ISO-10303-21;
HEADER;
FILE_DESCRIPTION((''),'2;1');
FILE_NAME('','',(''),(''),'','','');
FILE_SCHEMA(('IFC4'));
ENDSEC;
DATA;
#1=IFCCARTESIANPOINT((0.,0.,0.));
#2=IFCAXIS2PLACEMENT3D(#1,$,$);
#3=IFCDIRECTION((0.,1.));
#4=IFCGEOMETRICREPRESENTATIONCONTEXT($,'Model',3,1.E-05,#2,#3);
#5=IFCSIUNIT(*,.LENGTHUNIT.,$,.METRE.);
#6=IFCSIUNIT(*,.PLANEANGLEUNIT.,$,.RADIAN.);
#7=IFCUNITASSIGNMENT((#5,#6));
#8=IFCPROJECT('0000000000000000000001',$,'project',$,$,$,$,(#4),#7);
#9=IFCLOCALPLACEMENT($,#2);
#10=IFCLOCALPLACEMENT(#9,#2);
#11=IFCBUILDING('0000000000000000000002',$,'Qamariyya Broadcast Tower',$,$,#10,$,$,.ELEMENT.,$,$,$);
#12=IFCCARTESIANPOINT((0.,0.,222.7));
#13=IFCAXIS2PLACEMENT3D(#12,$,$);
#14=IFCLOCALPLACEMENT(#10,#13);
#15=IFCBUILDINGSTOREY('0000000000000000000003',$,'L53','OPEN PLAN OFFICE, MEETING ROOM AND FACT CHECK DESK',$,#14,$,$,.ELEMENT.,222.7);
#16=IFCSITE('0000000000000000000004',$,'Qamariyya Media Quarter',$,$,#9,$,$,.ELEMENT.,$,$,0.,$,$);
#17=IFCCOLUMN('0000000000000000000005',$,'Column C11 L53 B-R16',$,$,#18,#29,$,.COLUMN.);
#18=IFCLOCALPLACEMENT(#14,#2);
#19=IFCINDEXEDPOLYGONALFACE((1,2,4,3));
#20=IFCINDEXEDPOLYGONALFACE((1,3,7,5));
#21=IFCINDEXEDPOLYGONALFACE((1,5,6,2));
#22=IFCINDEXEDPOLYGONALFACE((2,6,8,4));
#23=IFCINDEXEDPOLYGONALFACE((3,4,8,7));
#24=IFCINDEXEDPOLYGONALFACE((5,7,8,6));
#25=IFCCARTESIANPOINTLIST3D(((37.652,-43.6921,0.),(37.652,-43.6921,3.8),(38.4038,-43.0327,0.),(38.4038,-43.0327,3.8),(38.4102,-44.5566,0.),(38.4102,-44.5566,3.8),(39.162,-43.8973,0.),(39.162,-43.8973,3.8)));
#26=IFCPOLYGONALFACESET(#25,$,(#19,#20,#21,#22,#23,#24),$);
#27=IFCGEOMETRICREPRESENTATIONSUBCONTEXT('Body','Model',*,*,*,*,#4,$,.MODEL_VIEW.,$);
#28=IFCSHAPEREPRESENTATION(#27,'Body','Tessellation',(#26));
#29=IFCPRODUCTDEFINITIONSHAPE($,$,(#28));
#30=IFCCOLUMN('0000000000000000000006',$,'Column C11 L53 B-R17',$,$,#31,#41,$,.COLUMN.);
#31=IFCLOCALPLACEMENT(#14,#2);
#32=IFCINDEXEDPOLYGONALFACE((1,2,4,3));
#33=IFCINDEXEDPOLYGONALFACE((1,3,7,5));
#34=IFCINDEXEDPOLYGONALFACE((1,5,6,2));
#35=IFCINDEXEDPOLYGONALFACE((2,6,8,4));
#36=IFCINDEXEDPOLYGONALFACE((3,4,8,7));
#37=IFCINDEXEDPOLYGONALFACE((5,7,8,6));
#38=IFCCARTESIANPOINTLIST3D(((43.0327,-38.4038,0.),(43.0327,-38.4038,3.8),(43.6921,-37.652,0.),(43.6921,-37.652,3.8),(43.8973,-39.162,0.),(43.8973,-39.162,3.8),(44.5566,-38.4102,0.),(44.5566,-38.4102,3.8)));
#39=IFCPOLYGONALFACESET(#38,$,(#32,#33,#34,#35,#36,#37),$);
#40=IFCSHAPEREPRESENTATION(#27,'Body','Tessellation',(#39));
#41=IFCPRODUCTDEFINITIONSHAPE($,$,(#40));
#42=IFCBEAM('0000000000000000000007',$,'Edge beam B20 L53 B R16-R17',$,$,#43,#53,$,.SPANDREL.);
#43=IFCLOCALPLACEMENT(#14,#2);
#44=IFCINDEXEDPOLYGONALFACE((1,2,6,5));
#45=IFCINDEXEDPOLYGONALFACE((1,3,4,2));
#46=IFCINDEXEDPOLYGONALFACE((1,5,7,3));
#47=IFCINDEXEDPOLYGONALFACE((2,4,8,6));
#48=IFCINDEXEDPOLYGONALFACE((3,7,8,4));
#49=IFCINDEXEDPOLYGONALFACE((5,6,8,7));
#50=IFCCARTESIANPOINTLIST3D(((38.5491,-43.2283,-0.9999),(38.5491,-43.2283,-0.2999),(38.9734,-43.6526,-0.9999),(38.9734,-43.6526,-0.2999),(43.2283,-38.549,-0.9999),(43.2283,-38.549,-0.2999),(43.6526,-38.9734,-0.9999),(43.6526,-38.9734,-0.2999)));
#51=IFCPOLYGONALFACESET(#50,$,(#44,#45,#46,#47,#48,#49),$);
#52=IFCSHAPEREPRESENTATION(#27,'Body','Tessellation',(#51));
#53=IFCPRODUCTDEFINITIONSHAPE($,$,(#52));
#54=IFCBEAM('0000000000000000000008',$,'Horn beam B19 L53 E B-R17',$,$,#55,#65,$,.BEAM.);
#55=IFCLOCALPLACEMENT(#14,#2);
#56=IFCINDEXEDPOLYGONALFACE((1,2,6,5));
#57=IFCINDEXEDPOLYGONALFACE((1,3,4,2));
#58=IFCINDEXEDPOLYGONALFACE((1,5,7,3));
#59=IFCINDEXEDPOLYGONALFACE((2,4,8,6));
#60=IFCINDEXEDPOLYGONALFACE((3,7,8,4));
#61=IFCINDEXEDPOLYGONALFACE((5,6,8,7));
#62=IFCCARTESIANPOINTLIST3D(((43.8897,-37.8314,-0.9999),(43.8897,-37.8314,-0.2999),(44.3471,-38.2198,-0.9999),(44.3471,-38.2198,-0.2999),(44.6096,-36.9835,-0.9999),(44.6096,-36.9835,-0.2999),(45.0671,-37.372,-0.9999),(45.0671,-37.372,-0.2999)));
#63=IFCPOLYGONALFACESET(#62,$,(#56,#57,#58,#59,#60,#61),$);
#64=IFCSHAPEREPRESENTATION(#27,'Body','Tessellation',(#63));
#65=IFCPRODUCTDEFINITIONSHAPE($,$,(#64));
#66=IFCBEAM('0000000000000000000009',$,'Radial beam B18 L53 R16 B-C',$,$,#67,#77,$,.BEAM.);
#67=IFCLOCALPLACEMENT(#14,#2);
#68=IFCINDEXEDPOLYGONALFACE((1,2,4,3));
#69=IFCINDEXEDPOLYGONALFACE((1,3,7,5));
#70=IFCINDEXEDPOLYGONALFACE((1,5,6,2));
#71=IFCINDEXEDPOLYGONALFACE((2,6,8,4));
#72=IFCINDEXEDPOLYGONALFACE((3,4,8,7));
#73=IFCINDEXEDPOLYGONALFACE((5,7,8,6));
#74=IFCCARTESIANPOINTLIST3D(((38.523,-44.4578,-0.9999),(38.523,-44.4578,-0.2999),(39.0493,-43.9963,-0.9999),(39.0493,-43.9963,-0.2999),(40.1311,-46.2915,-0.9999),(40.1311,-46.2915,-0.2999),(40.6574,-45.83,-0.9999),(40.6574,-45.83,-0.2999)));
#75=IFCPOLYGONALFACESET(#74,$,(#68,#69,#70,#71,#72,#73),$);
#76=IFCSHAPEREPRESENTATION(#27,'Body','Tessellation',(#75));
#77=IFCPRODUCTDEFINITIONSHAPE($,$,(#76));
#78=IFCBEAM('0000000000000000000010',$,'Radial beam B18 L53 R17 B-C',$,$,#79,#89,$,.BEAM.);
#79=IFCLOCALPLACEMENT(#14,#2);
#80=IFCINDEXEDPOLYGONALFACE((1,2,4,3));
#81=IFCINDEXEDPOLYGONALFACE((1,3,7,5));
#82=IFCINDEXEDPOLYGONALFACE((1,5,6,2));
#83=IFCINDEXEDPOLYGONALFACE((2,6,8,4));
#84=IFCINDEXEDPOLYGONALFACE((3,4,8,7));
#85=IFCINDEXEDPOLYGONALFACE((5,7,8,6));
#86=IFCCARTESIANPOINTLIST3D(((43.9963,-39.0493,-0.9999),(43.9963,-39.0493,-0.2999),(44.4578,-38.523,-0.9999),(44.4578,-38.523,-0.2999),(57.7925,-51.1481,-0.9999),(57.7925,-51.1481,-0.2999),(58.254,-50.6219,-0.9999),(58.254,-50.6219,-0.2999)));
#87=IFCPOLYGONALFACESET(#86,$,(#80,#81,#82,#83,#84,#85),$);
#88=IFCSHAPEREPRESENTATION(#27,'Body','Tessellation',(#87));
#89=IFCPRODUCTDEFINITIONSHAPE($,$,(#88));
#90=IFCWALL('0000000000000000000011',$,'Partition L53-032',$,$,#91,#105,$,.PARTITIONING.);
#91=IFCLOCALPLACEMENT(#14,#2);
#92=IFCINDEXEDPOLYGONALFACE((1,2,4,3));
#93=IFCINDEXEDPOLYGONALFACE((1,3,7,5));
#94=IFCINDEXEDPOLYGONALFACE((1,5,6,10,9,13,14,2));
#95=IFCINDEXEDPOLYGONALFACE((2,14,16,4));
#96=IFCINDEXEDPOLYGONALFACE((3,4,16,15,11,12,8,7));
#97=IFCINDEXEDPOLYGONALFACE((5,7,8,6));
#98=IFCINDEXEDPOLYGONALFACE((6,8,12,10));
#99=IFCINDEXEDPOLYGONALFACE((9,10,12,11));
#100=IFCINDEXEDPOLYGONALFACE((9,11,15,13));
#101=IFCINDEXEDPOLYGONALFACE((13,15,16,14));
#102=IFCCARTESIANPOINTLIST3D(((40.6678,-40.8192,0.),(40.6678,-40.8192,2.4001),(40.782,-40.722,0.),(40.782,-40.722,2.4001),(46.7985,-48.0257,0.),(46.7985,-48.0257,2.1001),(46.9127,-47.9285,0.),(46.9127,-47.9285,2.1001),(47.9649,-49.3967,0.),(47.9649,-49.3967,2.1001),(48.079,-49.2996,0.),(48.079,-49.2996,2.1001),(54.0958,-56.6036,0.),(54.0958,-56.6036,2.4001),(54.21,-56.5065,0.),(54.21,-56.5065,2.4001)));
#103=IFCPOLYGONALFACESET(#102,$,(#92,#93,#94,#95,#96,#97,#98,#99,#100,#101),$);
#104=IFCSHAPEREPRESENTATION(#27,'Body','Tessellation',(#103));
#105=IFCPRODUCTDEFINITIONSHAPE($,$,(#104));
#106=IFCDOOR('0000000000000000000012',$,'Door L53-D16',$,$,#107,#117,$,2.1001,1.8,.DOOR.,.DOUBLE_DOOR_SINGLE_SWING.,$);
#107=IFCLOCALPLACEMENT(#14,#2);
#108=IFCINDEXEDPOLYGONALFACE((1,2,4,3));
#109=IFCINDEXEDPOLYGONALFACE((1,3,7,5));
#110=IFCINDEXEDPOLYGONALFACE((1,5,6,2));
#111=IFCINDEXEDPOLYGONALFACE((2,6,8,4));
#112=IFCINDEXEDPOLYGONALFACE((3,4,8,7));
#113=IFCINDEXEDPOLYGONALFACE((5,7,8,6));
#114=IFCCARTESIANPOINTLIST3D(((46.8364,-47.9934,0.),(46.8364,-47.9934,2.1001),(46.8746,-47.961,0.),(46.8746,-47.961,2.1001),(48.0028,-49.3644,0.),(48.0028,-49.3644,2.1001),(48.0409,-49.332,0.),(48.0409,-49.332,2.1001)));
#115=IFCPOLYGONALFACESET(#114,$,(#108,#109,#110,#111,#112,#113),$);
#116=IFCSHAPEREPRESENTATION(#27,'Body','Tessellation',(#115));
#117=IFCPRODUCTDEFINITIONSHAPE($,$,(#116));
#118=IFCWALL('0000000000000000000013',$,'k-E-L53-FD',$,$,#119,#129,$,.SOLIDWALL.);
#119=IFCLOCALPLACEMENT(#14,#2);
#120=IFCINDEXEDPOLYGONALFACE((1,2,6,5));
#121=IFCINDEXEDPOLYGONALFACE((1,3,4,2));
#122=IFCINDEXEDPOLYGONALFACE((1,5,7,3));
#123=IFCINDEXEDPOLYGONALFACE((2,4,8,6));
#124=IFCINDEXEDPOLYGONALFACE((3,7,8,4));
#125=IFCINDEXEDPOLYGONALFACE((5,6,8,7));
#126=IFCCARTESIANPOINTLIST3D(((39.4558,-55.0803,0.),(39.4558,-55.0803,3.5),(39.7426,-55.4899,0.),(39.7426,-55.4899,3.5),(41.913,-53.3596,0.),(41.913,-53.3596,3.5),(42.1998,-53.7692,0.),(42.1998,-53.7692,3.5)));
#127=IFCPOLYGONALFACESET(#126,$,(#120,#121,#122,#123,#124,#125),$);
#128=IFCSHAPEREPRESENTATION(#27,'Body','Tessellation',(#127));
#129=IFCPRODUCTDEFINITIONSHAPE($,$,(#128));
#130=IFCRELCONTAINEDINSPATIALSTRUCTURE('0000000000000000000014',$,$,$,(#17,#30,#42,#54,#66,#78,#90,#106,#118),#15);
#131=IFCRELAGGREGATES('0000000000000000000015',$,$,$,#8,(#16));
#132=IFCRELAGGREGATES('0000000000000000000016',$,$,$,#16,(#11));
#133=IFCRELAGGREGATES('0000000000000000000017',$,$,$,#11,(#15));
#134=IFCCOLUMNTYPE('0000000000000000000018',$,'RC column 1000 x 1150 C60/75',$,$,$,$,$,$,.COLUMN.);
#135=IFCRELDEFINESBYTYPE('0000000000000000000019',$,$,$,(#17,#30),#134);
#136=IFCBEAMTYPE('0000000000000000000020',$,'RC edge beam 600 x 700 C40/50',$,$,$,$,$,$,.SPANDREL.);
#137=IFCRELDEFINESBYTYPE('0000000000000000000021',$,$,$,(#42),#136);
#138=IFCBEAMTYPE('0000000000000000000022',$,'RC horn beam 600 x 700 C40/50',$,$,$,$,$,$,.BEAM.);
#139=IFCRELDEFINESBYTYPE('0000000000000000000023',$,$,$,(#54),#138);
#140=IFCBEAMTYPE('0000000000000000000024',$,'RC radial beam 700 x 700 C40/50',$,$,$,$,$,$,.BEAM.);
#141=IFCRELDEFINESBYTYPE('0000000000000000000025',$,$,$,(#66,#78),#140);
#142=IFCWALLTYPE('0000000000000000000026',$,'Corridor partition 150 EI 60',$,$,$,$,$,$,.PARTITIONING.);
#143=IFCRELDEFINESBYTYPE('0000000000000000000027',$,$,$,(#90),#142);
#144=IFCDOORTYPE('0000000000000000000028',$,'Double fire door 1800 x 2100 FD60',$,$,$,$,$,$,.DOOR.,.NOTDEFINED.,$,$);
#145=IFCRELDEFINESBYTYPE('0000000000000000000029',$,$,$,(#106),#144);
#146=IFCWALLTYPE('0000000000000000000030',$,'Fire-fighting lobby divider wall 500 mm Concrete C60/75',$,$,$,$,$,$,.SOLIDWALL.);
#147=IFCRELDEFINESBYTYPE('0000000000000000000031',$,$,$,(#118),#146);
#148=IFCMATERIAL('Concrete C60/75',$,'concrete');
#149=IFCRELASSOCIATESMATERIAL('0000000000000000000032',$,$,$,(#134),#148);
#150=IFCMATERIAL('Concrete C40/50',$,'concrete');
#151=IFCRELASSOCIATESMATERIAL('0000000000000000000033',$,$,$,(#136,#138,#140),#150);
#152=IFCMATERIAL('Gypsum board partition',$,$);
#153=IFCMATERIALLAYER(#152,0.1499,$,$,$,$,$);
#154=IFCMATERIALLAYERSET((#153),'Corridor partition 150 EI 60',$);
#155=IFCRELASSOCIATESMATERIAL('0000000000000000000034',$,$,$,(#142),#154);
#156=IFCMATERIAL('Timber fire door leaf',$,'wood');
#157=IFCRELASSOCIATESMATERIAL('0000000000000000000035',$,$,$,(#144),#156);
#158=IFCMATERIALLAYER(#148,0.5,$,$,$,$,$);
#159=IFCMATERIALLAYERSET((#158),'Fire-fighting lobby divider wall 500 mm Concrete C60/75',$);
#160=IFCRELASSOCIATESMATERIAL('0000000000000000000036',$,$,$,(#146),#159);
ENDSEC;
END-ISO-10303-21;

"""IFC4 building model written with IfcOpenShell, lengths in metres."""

from ifc_helpers import new_model, si_unit, direction, frame, frame_2d, origin, origin_2d, place, context, subcontext, project, spatial, rectangle, extrude, material, layer, layer_set, material_profile, profile_set, type_object, element, fill, save


model = new_model("IFC4")

# Units and contexts
model_context = context("Model", 3, precision=1e-05, world=origin(), true_north=direction((0.0, 1.0)))
body_context = subcontext(model_context, "Body", "Model", "MODEL_VIEW")
ifc_project = project(units=[si_unit("LENGTHUNIT", "METRE"), si_unit("PLANEANGLEUNIT", "RADIAN")], contexts=[model_context])

# Site, building, storey
site_placement = place(None, origin())
site = spatial("IfcSite", under=ifc_project, at=site_placement, Name="Qamariyya Media Quarter", CompositionType="ELEMENT", RefElevation=0.0)
building_placement = place(site_placement, origin())
building = spatial("IfcBuilding", under=site, at=building_placement, Name="Qamariyya Broadcast Tower", CompositionType="ELEMENT")
storey_placement = place(building_placement, frame((0.0, 0.0, 222.7)))
storey = spatial("IfcBuildingStorey", under=building, at=storey_placement, Name="L53", Description="OPEN PLAN OFFICE, MEETING ROOM AND FACT CHECK DESK", CompositionType="ELEMENT", Elevation=222.7)

# Columns
ifc_material_1 = material(Name="Concrete C60/75", Category="concrete")
ifc_material_profile_1 = material_profile(ifc_material_1, rectangle(XDim=1.0, YDim=1.1499, at=origin_2d()))
ifc_profile_set_1 = profile_set([ifc_material_profile_1], Name="Concrete C60/75")
column_type = type_object("IfcColumnType", Name="RC column 1000 x 1150 C60/75", PredefinedType="COLUMN", material=ifc_profile_set_1)
for number, where, z_axis, x_axis, name in (
    (1, (38.407, -43.7947, 0.0), (0.0, 0.0, 1.0), (0.75184, 0.659346, 0.0), "Column C11 L53 B-R16"),
    (2, (43.7947, -38.407, 0.0), (0.0, 0.0, 1.0), (0.659346, 0.75184, 0.0), "Column C11 L53 B-R17"),
):
    element("IfcColumn", number, at=place(storey_placement, frame(where, z_axis=z_axis, x_axis=x_axis)), inside=storey, type_object=column_type, Name=name, PredefinedType="COLUMN", context=body_context, shape_type="SweptSolid", body=[
        extrude(rectangle(XDim=1.0, YDim=1.1499, at=origin_2d()), origin(), (0.0, 0.0, 1.0), 3.8),
    ])

# Beams
ifc_material_2 = material(Name="Concrete C40/50", Category="concrete")
ifc_material_profile_2 = material_profile(ifc_material_2, rectangle(XDim=0.6001, YDim=0.7, at=origin_2d()))
ifc_profile_set_2 = profile_set([ifc_material_profile_2], Name="Concrete C40/50")
beam_type_1 = type_object("IfcBeamType", Name="RC edge beam 600 x 700 C40/50", PredefinedType="SPANDREL", material=ifc_profile_set_2)
beam_1_placement = place(storey_placement, frame((38.7612, -43.4404, -0.6499), z_axis=(0.707107, 0.707107, 0.0), x_axis=(-0.707107, 0.707107, 0.0)))
element("IfcBeam", 3, at=beam_1_placement, inside=storey, type_object=beam_type_1, Name="Edge beam B20 L53 B R16-R17", PredefinedType="SPANDREL", context=body_context, shape_type="SweptSolid", body=[
    extrude(rectangle(XDim=0.6001, YDim=0.7, at=origin_2d()), origin(), (0.0, 0.0, 1.0), 6.6174),
])
ifc_material_profile_3 = material_profile(ifc_material_2, rectangle(XDim=0.6001, YDim=0.7, at=origin_2d()))
ifc_profile_set_3 = profile_set([ifc_material_profile_3], Name="Concrete C40/50")
beam_type_2 = type_object("IfcBeamType", Name="RC horn beam 600 x 700 C40/50", PredefinedType="BEAM", material=ifc_profile_set_3)
beam_2_placement = place(storey_placement, frame((44.1184, -38.0256, -0.6499), z_axis=(0.64726, 0.76227, 0.0), x_axis=(-0.76227, 0.64726, 0.0)))
element("IfcBeam", 4, at=beam_2_placement, inside=storey, type_object=beam_type_2, Name="Horn beam B19 L53 E B-R17", PredefinedType="BEAM", context=body_context, shape_type="SweptSolid", body=[
    extrude(rectangle(XDim=0.6001, YDim=0.7, at=origin_2d()), origin(), (0.0, 0.0, 1.0), 1.1123),
])
ifc_material_profile_4 = material_profile(ifc_material_2, rectangle(XDim=0.7, YDim=0.7, at=origin_2d()))
ifc_profile_set_4 = profile_set([ifc_material_profile_4], Name="Concrete C40/50")
beam_type_3 = type_object("IfcBeamType", Name="RC radial beam 700 x 700 C40/50", PredefinedType="BEAM", material=ifc_profile_set_4)
beam_3_placement = place(storey_placement, frame((38.7861, -44.2271, -0.6499), z_axis=(0.659348, -0.751838, 0.0), x_axis=(0.751838, 0.659348, 0.0)))
element("IfcBeam", 5, at=beam_3_placement, inside=storey, type_object=beam_type_3, Name="Radial beam B18 L53 R16 B-C", PredefinedType="BEAM", context=body_context, shape_type="SweptSolid", body=[
    extrude(rectangle(XDim=0.7, YDim=0.7, at=origin_2d()), origin(), (0.0, 0.0, 1.0), 2.439),
])
beam_4_placement = place(storey_placement, frame((44.2271, -38.7861, -0.6499), z_axis=(0.75184, -0.659345, 0.0), x_axis=(0.659345, 0.75184, 0.0)))
element("IfcBeam", 6, at=beam_4_placement, inside=storey, type_object=beam_type_3, Name="Radial beam B18 L53 R17 B-C", PredefinedType="BEAM", context=body_context, shape_type="SweptSolid", body=[
    extrude(rectangle(XDim=0.7, YDim=0.7, at=origin_2d()), origin(), (0.0, 0.0, 1.0), 18.3499),
])

# Wall, opening, door
ifc_material_3 = material(Name="Gypsum board partition")
ifc_layer_1 = layer(ifc_material_3, 0.1499)
ifc_layer_set_1 = layer_set([ifc_layer_1], Name="Corridor partition 150 EI 60")
wall_type_1 = type_object("IfcWallType", Name="Corridor partition 150 EI 60", PredefinedType="PARTITIONING", material=ifc_layer_set_1)
wall_1_placement = place(storey_placement, frame((40.7249, -40.7705, 0.0), z_axis=(0.0, 0.0, 1.0), x_axis=(0.647963, -0.761672, 0.0)))
wall_1 = element("IfcWall", 7, at=wall_1_placement, inside=storey, type_object=wall_type_1, Name="Partition L53-032", PredefinedType="PARTITIONING", context=body_context, shape_type="SweptSolid", body=[
    extrude(rectangle(XDim=20.7234, YDim=0.1499, at=frame_2d((10.3618, 0.0))), origin(), (0.0, 0.0, 1.0), 2.4001),
])
opening_1_placement = place(wall_1_placement, frame((9.4617, 0.0, 0.0)))
opening_1 = element("IfcOpeningElement", 8, at=opening_1_placement, cuts=wall_1, PredefinedType="OPENING", context=body_context, shape_type="SweptSolid", body=[
    extrude(rectangle(XDim=1.8, YDim=2.1001, at=frame_2d((0.8999, 1.05))), frame((0.0, 0.085, 0.0), z_axis=(0.0, -1.0, 0.0), x_axis=(1.0, 0.0, 0.0)), (0.0, 0.0, 1.0), 0.1699),
])
ifc_material_4 = material(Name="Timber fire door leaf", Category="wood")
door_type_1 = type_object("IfcDoorType", Name="Double fire door 1800 x 2100 FD60", OperationType="NOTDEFINED", PredefinedType="DOOR", material=ifc_material_4)
door_1_placement = place(opening_1_placement, origin())
door_1 = element("IfcDoor", 9, at=door_1_placement, inside=storey, type_object=door_type_1, Name="Door L53-D16", OperationType="DOUBLE_DOOR_SINGLE_SWING", OverallHeight=2.1001, OverallWidth=1.8, PredefinedType="DOOR", context=body_context, shape_type="SweptSolid", body=[
    extrude(rectangle(XDim=1.8, YDim=2.1001, at=frame_2d((0.8999, 1.05))), frame((0.0, 0.0249, 0.0), z_axis=(0.0, -1.0, 0.0), x_axis=(1.0, 0.0, 0.0)), (0.0, 0.0, 1.0), 0.05),
])
fill(opening_1, door_1)

# Wall
ifc_layer_2 = layer(ifc_material_1, 0.5)
ifc_layer_set_2 = layer_set([ifc_layer_2], Name="Fire-fighting lobby divider wall 500 mm Concrete C60/75")
wall_type_2 = type_object("IfcWallType", Name="Fire-fighting lobby divider wall 500 mm Concrete C60/75", PredefinedType="SOLIDWALL", material=ifc_layer_set_2)
wall_2_placement = place(storey_placement, frame((39.5991, -55.2852, 0.0), z_axis=(0.0, 0.0, 1.0), x_axis=(0.819136, 0.573599, 0.0)))
element("IfcWall", 10, at=wall_2_placement, inside=storey, type_object=wall_type_2, Name="k-E-L53-FD", PredefinedType="SOLIDWALL", context=body_context, shape_type="SweptSolid", body=[
    extrude(rectangle(XDim=2.9998, YDim=0.5, at=frame_2d((1.5, 0.0))), origin(), (0.0, 0.0, 1.0), 3.5),
])

save(model, "model.ifc")
